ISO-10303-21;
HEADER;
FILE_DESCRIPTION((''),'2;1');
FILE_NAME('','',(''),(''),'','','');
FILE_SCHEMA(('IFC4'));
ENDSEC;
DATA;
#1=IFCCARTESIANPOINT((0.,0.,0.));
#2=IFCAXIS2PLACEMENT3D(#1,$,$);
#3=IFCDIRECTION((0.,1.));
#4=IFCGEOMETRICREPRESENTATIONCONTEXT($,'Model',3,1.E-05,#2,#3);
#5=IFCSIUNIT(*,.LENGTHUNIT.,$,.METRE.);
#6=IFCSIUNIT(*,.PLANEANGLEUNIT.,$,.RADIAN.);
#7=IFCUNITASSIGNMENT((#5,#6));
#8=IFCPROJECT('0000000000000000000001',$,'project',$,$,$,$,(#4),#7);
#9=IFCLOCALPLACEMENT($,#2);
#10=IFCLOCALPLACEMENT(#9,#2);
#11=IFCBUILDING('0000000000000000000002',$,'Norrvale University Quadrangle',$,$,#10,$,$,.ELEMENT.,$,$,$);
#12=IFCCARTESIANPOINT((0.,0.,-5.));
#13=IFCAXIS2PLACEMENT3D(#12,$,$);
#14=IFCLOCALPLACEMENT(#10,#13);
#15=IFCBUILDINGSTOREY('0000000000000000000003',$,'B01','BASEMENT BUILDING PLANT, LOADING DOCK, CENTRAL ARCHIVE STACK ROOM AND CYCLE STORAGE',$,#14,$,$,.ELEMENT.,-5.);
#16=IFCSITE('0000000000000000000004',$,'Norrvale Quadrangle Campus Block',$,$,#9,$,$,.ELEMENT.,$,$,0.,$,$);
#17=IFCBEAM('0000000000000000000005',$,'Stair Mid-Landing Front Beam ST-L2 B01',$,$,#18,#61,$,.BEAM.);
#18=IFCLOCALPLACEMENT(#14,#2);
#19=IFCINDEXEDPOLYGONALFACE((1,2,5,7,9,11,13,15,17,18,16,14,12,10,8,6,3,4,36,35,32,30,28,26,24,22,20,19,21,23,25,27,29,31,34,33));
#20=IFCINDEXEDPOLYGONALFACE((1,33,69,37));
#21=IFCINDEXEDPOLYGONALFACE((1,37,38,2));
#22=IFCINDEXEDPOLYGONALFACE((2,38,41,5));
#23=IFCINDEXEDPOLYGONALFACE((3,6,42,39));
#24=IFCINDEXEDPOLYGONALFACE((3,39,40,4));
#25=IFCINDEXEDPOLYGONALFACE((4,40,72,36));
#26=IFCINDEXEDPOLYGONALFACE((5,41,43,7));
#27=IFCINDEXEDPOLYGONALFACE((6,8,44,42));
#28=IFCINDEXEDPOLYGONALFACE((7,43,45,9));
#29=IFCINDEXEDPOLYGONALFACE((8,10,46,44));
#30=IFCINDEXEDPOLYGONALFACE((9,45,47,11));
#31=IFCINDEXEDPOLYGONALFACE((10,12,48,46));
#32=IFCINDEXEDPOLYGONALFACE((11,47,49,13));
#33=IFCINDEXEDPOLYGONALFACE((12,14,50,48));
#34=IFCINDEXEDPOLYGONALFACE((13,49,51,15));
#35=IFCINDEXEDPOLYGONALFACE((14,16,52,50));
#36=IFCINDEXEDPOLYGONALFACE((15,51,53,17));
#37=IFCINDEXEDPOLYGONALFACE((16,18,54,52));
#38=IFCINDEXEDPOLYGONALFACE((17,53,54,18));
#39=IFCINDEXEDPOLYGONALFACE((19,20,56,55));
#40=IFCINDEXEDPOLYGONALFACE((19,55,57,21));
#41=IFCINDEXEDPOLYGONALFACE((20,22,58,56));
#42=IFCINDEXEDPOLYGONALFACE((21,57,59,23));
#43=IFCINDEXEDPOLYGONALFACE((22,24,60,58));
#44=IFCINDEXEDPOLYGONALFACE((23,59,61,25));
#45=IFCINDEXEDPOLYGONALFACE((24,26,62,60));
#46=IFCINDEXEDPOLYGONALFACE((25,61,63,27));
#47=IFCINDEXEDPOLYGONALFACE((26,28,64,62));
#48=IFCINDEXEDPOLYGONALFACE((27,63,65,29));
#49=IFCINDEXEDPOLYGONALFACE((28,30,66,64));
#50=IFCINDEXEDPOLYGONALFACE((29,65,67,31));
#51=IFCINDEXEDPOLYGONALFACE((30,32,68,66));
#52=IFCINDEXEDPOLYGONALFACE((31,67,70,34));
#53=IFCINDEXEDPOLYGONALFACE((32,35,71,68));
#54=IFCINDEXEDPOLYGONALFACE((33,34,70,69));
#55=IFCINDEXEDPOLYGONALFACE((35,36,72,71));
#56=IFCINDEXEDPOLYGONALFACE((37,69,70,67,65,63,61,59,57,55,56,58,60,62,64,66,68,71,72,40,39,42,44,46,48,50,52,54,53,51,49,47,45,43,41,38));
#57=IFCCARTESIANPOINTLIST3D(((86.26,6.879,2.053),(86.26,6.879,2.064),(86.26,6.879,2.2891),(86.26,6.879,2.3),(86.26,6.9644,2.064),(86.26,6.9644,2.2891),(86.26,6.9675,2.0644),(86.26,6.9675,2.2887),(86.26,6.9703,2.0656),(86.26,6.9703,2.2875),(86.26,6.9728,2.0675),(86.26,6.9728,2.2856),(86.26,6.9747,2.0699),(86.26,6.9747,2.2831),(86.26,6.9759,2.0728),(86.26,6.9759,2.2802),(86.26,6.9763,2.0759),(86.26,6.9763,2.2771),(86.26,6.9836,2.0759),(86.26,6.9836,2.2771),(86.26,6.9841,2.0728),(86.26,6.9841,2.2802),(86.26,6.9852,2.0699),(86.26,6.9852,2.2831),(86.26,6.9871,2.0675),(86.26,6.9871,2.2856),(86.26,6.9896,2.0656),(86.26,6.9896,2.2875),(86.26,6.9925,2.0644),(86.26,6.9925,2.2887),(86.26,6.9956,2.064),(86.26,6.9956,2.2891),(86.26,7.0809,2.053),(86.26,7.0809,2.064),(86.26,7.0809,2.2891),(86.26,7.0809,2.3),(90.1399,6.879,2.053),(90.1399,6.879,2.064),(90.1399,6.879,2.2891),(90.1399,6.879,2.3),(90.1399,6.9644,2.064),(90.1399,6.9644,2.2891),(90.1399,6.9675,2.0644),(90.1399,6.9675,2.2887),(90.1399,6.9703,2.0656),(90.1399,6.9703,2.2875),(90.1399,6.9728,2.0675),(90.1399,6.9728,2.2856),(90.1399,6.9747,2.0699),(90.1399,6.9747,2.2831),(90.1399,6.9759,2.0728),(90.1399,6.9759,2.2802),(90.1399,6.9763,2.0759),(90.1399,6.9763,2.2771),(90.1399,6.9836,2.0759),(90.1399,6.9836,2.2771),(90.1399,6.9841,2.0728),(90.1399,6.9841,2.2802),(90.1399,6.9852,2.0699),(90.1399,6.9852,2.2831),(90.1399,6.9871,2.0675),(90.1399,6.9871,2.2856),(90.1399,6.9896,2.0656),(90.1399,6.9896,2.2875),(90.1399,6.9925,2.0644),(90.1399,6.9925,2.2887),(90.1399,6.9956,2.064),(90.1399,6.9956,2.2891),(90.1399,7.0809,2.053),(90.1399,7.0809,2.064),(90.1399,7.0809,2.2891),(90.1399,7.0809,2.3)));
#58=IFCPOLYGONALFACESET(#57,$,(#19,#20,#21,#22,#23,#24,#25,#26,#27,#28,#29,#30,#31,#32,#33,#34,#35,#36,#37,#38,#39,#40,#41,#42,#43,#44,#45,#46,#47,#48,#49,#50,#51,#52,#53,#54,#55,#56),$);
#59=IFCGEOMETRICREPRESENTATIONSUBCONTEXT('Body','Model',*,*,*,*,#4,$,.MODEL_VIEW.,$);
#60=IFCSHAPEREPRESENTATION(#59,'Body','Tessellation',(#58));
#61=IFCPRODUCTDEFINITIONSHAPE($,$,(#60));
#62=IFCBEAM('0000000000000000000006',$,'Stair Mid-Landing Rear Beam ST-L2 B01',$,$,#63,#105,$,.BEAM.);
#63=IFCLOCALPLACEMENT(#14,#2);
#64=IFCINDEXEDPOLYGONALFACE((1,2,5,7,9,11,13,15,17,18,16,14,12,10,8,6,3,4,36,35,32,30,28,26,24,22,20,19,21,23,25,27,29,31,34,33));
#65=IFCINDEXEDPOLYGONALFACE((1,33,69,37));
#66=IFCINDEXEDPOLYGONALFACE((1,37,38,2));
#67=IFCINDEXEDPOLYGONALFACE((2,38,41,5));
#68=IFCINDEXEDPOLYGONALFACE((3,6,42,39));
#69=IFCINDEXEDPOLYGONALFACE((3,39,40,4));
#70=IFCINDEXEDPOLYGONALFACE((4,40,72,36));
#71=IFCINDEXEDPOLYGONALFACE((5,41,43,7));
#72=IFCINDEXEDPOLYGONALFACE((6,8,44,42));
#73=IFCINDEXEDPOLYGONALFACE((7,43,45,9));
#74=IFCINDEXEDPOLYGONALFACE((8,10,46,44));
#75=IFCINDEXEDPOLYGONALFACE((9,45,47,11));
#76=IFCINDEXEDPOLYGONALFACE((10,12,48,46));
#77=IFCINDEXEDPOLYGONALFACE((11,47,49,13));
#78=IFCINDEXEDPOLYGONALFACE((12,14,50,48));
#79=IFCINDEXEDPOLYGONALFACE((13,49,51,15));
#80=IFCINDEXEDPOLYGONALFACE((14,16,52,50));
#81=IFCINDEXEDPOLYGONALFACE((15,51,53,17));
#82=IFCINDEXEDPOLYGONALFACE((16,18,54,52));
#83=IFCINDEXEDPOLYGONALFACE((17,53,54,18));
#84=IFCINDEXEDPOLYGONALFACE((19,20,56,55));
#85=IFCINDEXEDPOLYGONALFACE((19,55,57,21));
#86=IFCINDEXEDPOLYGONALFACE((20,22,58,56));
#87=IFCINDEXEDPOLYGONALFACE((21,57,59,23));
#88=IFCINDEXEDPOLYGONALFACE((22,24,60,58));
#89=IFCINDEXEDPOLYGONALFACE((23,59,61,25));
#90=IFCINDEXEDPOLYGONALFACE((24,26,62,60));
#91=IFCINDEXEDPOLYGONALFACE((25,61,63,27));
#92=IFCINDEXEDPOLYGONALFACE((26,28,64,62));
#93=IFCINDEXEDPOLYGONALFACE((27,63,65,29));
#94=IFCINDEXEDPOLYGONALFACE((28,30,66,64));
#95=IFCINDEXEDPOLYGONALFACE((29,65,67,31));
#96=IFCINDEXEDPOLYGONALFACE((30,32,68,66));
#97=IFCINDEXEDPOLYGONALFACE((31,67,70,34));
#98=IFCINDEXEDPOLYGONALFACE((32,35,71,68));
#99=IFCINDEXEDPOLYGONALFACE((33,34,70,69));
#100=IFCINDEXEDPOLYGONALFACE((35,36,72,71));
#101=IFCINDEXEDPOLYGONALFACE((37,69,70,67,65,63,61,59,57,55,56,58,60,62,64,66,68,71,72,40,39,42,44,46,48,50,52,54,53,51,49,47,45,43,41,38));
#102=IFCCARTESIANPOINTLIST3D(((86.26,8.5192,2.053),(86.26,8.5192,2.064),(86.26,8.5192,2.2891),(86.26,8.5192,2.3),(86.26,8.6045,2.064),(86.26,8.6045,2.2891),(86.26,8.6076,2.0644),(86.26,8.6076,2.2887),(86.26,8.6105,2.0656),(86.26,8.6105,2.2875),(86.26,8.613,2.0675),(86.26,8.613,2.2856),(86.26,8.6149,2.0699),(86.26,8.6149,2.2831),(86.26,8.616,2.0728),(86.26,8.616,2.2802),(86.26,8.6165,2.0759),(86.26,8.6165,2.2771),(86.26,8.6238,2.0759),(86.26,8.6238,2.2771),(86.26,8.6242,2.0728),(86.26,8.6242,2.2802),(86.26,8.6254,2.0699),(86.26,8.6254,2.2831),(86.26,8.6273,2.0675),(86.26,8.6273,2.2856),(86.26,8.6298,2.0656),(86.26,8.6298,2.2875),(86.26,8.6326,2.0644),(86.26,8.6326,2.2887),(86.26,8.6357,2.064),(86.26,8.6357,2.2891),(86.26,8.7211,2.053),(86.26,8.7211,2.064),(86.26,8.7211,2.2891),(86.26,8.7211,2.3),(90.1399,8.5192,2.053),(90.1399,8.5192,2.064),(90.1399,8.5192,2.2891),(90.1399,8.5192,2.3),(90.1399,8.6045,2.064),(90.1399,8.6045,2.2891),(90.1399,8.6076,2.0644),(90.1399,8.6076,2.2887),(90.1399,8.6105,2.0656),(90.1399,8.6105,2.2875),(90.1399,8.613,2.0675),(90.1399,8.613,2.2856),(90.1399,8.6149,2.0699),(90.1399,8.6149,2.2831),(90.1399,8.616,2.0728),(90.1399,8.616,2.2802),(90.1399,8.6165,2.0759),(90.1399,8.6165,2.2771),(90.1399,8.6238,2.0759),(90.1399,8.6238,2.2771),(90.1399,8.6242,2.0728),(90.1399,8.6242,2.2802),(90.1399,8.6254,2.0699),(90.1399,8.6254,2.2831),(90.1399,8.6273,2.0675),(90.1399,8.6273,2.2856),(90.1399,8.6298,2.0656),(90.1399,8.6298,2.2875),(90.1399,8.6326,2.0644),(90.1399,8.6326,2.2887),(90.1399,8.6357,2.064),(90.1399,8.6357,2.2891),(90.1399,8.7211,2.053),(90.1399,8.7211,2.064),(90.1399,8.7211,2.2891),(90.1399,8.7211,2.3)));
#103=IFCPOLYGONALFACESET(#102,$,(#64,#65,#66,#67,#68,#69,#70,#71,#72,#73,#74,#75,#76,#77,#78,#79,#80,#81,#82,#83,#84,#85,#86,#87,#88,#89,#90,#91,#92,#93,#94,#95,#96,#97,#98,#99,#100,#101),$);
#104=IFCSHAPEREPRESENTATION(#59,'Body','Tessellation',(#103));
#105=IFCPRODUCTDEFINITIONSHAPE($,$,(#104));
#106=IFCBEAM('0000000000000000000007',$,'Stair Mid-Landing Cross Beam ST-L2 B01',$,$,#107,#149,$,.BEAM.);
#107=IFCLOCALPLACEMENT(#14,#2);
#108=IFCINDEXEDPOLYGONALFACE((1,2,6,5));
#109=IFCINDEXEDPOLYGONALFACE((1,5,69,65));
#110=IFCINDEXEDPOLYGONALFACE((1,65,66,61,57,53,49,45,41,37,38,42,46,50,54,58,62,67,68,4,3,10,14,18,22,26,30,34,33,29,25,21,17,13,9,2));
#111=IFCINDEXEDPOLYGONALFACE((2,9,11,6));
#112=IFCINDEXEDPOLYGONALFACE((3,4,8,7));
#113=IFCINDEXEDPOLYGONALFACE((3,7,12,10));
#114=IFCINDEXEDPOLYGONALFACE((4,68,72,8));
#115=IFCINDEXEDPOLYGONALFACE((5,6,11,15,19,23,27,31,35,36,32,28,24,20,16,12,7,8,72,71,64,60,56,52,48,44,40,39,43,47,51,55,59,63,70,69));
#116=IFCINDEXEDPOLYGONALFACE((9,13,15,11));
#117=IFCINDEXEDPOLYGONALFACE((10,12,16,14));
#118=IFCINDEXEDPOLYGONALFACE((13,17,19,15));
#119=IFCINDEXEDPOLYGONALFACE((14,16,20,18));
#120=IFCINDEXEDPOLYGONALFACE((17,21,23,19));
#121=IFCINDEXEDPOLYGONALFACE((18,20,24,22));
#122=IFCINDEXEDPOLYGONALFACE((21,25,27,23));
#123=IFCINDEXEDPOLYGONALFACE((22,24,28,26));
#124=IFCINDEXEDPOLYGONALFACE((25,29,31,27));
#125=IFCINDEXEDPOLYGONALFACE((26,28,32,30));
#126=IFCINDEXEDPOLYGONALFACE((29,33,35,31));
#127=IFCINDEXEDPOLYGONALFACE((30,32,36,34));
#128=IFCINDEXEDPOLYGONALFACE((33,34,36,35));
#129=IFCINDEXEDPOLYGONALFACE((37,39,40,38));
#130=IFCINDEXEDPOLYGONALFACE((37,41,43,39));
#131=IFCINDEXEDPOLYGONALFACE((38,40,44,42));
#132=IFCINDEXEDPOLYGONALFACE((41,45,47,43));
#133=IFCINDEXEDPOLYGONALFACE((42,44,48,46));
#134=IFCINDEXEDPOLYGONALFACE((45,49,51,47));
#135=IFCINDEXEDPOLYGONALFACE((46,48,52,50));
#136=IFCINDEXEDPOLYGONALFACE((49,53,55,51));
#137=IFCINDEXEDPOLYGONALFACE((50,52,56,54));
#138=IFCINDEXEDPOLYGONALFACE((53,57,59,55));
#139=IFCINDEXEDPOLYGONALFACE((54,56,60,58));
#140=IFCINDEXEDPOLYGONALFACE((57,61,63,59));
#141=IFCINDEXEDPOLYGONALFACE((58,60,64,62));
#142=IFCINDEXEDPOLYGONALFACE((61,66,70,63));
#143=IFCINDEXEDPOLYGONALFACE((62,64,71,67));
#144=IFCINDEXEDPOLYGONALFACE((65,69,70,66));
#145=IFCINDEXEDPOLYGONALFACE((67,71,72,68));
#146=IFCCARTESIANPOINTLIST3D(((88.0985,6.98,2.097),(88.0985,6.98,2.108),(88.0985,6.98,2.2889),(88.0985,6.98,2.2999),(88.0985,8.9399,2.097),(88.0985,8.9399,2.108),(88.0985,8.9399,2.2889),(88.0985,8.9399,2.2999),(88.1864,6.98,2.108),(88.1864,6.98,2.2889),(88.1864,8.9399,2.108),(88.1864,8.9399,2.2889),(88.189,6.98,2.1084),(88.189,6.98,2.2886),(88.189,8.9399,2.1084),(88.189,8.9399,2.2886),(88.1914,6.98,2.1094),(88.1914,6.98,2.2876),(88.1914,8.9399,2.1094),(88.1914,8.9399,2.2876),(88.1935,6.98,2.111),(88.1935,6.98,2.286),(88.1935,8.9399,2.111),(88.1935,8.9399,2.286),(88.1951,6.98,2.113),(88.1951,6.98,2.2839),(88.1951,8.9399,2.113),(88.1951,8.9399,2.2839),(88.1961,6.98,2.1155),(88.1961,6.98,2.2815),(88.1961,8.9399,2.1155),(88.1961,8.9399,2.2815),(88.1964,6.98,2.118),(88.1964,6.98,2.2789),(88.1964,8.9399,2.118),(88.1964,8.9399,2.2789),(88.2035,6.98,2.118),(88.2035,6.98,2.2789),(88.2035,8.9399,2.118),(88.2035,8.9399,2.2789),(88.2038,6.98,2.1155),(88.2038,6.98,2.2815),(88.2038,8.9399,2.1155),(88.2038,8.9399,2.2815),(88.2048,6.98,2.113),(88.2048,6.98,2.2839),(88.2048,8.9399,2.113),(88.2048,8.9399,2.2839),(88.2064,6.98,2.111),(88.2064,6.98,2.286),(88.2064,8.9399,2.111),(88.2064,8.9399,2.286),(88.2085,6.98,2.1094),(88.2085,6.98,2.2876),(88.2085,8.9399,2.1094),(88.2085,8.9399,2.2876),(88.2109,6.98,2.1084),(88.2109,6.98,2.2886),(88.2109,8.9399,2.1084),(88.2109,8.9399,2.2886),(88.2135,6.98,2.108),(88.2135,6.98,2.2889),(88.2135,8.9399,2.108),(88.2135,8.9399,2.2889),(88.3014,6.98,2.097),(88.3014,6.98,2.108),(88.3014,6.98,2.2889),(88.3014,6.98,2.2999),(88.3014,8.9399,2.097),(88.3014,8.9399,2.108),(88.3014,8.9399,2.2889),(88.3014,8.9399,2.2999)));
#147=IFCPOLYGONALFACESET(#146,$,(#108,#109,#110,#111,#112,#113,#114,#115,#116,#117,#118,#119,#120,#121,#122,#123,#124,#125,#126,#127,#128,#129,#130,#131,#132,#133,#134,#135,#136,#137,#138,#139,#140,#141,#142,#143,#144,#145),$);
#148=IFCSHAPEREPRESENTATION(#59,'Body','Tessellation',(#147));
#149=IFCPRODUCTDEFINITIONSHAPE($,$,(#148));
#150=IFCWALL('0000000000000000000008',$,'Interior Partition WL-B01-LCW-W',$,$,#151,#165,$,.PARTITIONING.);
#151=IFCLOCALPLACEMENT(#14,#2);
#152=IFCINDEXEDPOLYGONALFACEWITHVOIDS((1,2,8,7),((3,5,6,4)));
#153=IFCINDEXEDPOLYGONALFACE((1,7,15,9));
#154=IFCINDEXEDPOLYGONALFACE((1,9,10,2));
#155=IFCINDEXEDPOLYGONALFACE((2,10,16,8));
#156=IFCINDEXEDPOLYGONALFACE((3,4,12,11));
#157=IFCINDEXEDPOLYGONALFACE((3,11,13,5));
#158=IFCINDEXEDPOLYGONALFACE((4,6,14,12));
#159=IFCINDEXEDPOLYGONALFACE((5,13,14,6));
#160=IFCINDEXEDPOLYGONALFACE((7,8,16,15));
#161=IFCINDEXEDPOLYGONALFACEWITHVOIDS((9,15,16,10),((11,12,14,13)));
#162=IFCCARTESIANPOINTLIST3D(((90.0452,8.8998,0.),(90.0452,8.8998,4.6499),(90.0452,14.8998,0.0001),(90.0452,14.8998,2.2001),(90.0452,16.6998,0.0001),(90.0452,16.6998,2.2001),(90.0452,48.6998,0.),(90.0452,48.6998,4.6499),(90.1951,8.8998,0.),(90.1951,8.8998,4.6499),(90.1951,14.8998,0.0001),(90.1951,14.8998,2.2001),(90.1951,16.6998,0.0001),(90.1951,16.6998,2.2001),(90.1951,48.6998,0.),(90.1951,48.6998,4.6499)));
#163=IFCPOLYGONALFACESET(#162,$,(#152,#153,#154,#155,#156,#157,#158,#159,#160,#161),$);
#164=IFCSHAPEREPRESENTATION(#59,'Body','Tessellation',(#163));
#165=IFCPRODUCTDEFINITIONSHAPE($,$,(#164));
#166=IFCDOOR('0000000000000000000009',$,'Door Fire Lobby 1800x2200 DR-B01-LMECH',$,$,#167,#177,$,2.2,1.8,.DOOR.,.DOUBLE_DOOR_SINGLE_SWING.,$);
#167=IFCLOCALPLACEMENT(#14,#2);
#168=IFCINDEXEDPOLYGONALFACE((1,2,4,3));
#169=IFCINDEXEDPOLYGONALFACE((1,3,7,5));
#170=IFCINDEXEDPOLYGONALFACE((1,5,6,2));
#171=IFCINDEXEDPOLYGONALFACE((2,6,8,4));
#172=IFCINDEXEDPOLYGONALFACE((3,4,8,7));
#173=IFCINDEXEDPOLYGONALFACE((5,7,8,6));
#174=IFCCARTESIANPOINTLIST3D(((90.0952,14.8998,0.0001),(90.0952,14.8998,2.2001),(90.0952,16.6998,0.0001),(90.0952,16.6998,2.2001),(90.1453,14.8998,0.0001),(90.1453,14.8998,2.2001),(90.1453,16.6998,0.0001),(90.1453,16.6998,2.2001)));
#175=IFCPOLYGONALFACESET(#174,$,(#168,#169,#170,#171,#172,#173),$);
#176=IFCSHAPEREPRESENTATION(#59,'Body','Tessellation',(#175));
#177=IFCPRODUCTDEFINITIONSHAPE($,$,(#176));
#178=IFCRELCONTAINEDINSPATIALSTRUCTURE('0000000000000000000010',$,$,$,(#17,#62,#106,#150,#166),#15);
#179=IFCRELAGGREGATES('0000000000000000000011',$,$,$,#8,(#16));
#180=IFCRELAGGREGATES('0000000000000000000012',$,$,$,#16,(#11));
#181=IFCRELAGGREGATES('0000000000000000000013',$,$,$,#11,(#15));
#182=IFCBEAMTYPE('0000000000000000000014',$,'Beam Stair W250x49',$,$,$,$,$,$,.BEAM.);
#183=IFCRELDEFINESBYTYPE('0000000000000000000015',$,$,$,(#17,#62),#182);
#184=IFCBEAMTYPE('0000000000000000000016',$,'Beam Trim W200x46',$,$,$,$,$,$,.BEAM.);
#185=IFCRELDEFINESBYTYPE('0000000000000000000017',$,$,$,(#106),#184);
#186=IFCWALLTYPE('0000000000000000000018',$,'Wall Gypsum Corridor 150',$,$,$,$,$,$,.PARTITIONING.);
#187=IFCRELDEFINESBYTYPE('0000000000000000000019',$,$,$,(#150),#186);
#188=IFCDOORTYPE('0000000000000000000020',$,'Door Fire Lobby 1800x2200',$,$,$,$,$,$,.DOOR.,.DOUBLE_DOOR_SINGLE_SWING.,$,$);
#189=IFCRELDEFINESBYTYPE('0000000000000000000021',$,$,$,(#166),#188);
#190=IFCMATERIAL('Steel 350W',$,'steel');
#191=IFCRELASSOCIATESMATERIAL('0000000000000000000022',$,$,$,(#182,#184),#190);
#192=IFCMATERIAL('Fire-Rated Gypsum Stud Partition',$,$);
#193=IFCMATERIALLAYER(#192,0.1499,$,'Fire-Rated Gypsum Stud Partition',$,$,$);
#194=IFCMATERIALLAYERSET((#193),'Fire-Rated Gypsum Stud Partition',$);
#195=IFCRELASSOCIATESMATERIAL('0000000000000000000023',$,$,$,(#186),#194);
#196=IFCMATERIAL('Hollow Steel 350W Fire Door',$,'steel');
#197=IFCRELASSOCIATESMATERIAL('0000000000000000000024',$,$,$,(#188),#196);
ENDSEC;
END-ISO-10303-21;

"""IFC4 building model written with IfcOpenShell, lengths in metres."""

from ifc_helpers import new_model, si_unit, direction, frame, frame_2d, origin, origin_2d, place, context, subcontext, project, spatial, rectangle, i_section, extrude, material, layer, layer_set, material_profile, profile_set, type_object, element, fill, save


model = new_model("IFC4")

# Units and contexts
model_context = context("Model", 3, precision=1e-05, world=origin(), true_north=direction((0.0, 1.0)))
body_context = subcontext(model_context, "Body", "Model", "MODEL_VIEW")
ifc_project = project(units=[si_unit("LENGTHUNIT", "METRE"), si_unit("PLANEANGLEUNIT", "RADIAN")], contexts=[model_context])

# Site, building, storey
site_placement = place(None, origin())
site = spatial("IfcSite", under=ifc_project, at=site_placement, Name="Norrvale Quadrangle Campus Block", CompositionType="ELEMENT", RefElevation=0.0)
building_placement = place(site_placement, origin())
building = spatial("IfcBuilding", under=site, at=building_placement, Name="Norrvale University Quadrangle", CompositionType="ELEMENT")
storey_placement = place(building_placement, frame((0.0, 0.0, -5.0)))
storey = spatial("IfcBuildingStorey", under=building, at=storey_placement, Name="B01", Description="BASEMENT BUILDING PLANT, LOADING DOCK, CENTRAL ARCHIVE STACK ROOM AND CYCLE STORAGE", CompositionType="ELEMENT", Elevation=-5.0)

# Beams
ifc_material_1 = material(Name="Steel 350W", Category="steel")
ifc_material_profile_1 = material_profile(ifc_material_1, i_section(OverallWidth=0.2019, OverallDepth=0.2471, WebThickness=0.0073, FlangeThickness=0.011, FilletRadius=0.012, at=origin_2d()), Name="Steel 350W")
ifc_profile_set_1 = profile_set([ifc_material_profile_1], Name="Steel 350W")
beam_type_1 = type_object("IfcBeamType", Name="Beam Stair W250x49", PredefinedType="BEAM", material=ifc_profile_set_1)
for number, where, z_axis, x_axis, name in (
    (1, (86.26, 6.98, 2.1765), (1.0, 0.0, 0.0), (0.0, 1.0, 0.0), "Stair Mid-Landing Front Beam ST-L2 B01"),
    (2, (86.26, 8.6201, 2.1765), (1.0, 0.0, 0.0), (0.0, 1.0, 0.0), "Stair Mid-Landing Rear Beam ST-L2 B01"),
):
    element("IfcBeam", number, at=place(storey_placement, frame(where, z_axis=z_axis, x_axis=x_axis)), inside=storey, type_object=beam_type_1, Name=name, PredefinedType="BEAM", context=body_context, shape_type="SweptSolid", body=[
        extrude(i_section(OverallWidth=0.2019, OverallDepth=0.2471, WebThickness=0.0073, FlangeThickness=0.011, FilletRadius=0.012, at=origin_2d()), origin(), (0.0, 0.0, 1.0), 3.8799),
    ])
ifc_material_profile_2 = material_profile(ifc_material_1, i_section(OverallWidth=0.2029, OverallDepth=0.2029, WebThickness=0.0071, FlangeThickness=0.011, FilletRadius=0.01, at=origin_2d()), Name="Steel 350W")
ifc_profile_set_2 = profile_set([ifc_material_profile_2], Name="Steel 350W")
beam_type_2 = type_object("IfcBeamType", Name="Beam Trim W200x46", PredefinedType="BEAM", material=ifc_profile_set_2)
beam_1_placement = place(storey_placement, frame((88.2, 6.98, 2.1985), z_axis=(0.0, 1.0, 0.0), x_axis=(-1.0, 0.0, 0.0)))
element("IfcBeam", 3, at=beam_1_placement, inside=storey, type_object=beam_type_2, Name="Stair Mid-Landing Cross Beam ST-L2 B01", PredefinedType="BEAM", context=body_context, shape_type="SweptSolid", body=[
    extrude(i_section(OverallWidth=0.2029, OverallDepth=0.2029, WebThickness=0.0071, FlangeThickness=0.011, FilletRadius=0.01, at=origin_2d()), origin(), (0.0, 0.0, 1.0), 1.96),
])

# Wall, opening, door
ifc_material_2 = material(Name="Fire-Rated Gypsum Stud Partition")
ifc_layer_1 = layer(ifc_material_2, 0.1499, Name="Fire-Rated Gypsum Stud Partition")
ifc_layer_set_1 = layer_set([ifc_layer_1], Name="Fire-Rated Gypsum Stud Partition")
wall_type_1 = type_object("IfcWallType", Name="Wall Gypsum Corridor 150", PredefinedType="PARTITIONING", material=ifc_layer_set_1)
wall_1_placement = place(storey_placement, frame((90.1201, 8.8999, 0.0), z_axis=(0.0, 0.0, 1.0), x_axis=(0.0, 1.0, 0.0)))
wall_1 = element("IfcWall", 4, at=wall_1_placement, inside=storey, type_object=wall_type_1, Name="Interior Partition WL-B01-LCW-W", PredefinedType="PARTITIONING", context=body_context, shape_type="SweptSolid", body=[
    extrude(rectangle(XDim=39.8, YDim=0.1499, at=frame_2d((19.8999, 0.0))), origin(), (0.0, 0.0, 1.0), 4.6499),
])
opening_1_placement = place(wall_1_placement, frame((6.0, 0.0, 0.0)))
opening_1 = element("IfcOpeningElement", 5, at=opening_1_placement, cuts=wall_1, PredefinedType="OPENING", context=body_context, shape_type="SweptSolid", body=[
    extrude(rectangle(XDim=1.8, YDim=2.2, at=frame_2d((0.8999, 1.1001))), frame((0.0, 0.0869, 0.0), z_axis=(0.0, -1.0, 0.0), x_axis=(1.0, 0.0, 0.0)), (0.0, 0.0, 1.0), 0.1738),
])
ifc_material_3 = material(Name="Hollow Steel 350W Fire Door", Category="steel")
door_type_1 = type_object("IfcDoorType", Name="Door Fire Lobby 1800x2200", OperationType="DOUBLE_DOOR_SINGLE_SWING", PredefinedType="DOOR", material=ifc_material_3)
door_1_placement = place(opening_1_placement, origin())
door_1 = element("IfcDoor", 6, at=door_1_placement, inside=storey, type_object=door_type_1, Name="Door Fire Lobby 1800x2200 DR-B01-LMECH", OperationType="DOUBLE_DOOR_SINGLE_SWING", OverallHeight=2.2, OverallWidth=1.8, PredefinedType="DOOR", context=body_context, shape_type="SweptSolid", body=[
    extrude(rectangle(XDim=1.8, YDim=2.2, at=frame_2d((0.8999, 1.1001))), frame((0.0, 0.0249, 0.0), z_axis=(0.0, -1.0, 0.0), x_axis=(1.0, 0.0, 0.0)), (0.0, 0.0, 1.0), 0.05),
])
fill(opening_1, door_1)

save(model, "model.ifc")
